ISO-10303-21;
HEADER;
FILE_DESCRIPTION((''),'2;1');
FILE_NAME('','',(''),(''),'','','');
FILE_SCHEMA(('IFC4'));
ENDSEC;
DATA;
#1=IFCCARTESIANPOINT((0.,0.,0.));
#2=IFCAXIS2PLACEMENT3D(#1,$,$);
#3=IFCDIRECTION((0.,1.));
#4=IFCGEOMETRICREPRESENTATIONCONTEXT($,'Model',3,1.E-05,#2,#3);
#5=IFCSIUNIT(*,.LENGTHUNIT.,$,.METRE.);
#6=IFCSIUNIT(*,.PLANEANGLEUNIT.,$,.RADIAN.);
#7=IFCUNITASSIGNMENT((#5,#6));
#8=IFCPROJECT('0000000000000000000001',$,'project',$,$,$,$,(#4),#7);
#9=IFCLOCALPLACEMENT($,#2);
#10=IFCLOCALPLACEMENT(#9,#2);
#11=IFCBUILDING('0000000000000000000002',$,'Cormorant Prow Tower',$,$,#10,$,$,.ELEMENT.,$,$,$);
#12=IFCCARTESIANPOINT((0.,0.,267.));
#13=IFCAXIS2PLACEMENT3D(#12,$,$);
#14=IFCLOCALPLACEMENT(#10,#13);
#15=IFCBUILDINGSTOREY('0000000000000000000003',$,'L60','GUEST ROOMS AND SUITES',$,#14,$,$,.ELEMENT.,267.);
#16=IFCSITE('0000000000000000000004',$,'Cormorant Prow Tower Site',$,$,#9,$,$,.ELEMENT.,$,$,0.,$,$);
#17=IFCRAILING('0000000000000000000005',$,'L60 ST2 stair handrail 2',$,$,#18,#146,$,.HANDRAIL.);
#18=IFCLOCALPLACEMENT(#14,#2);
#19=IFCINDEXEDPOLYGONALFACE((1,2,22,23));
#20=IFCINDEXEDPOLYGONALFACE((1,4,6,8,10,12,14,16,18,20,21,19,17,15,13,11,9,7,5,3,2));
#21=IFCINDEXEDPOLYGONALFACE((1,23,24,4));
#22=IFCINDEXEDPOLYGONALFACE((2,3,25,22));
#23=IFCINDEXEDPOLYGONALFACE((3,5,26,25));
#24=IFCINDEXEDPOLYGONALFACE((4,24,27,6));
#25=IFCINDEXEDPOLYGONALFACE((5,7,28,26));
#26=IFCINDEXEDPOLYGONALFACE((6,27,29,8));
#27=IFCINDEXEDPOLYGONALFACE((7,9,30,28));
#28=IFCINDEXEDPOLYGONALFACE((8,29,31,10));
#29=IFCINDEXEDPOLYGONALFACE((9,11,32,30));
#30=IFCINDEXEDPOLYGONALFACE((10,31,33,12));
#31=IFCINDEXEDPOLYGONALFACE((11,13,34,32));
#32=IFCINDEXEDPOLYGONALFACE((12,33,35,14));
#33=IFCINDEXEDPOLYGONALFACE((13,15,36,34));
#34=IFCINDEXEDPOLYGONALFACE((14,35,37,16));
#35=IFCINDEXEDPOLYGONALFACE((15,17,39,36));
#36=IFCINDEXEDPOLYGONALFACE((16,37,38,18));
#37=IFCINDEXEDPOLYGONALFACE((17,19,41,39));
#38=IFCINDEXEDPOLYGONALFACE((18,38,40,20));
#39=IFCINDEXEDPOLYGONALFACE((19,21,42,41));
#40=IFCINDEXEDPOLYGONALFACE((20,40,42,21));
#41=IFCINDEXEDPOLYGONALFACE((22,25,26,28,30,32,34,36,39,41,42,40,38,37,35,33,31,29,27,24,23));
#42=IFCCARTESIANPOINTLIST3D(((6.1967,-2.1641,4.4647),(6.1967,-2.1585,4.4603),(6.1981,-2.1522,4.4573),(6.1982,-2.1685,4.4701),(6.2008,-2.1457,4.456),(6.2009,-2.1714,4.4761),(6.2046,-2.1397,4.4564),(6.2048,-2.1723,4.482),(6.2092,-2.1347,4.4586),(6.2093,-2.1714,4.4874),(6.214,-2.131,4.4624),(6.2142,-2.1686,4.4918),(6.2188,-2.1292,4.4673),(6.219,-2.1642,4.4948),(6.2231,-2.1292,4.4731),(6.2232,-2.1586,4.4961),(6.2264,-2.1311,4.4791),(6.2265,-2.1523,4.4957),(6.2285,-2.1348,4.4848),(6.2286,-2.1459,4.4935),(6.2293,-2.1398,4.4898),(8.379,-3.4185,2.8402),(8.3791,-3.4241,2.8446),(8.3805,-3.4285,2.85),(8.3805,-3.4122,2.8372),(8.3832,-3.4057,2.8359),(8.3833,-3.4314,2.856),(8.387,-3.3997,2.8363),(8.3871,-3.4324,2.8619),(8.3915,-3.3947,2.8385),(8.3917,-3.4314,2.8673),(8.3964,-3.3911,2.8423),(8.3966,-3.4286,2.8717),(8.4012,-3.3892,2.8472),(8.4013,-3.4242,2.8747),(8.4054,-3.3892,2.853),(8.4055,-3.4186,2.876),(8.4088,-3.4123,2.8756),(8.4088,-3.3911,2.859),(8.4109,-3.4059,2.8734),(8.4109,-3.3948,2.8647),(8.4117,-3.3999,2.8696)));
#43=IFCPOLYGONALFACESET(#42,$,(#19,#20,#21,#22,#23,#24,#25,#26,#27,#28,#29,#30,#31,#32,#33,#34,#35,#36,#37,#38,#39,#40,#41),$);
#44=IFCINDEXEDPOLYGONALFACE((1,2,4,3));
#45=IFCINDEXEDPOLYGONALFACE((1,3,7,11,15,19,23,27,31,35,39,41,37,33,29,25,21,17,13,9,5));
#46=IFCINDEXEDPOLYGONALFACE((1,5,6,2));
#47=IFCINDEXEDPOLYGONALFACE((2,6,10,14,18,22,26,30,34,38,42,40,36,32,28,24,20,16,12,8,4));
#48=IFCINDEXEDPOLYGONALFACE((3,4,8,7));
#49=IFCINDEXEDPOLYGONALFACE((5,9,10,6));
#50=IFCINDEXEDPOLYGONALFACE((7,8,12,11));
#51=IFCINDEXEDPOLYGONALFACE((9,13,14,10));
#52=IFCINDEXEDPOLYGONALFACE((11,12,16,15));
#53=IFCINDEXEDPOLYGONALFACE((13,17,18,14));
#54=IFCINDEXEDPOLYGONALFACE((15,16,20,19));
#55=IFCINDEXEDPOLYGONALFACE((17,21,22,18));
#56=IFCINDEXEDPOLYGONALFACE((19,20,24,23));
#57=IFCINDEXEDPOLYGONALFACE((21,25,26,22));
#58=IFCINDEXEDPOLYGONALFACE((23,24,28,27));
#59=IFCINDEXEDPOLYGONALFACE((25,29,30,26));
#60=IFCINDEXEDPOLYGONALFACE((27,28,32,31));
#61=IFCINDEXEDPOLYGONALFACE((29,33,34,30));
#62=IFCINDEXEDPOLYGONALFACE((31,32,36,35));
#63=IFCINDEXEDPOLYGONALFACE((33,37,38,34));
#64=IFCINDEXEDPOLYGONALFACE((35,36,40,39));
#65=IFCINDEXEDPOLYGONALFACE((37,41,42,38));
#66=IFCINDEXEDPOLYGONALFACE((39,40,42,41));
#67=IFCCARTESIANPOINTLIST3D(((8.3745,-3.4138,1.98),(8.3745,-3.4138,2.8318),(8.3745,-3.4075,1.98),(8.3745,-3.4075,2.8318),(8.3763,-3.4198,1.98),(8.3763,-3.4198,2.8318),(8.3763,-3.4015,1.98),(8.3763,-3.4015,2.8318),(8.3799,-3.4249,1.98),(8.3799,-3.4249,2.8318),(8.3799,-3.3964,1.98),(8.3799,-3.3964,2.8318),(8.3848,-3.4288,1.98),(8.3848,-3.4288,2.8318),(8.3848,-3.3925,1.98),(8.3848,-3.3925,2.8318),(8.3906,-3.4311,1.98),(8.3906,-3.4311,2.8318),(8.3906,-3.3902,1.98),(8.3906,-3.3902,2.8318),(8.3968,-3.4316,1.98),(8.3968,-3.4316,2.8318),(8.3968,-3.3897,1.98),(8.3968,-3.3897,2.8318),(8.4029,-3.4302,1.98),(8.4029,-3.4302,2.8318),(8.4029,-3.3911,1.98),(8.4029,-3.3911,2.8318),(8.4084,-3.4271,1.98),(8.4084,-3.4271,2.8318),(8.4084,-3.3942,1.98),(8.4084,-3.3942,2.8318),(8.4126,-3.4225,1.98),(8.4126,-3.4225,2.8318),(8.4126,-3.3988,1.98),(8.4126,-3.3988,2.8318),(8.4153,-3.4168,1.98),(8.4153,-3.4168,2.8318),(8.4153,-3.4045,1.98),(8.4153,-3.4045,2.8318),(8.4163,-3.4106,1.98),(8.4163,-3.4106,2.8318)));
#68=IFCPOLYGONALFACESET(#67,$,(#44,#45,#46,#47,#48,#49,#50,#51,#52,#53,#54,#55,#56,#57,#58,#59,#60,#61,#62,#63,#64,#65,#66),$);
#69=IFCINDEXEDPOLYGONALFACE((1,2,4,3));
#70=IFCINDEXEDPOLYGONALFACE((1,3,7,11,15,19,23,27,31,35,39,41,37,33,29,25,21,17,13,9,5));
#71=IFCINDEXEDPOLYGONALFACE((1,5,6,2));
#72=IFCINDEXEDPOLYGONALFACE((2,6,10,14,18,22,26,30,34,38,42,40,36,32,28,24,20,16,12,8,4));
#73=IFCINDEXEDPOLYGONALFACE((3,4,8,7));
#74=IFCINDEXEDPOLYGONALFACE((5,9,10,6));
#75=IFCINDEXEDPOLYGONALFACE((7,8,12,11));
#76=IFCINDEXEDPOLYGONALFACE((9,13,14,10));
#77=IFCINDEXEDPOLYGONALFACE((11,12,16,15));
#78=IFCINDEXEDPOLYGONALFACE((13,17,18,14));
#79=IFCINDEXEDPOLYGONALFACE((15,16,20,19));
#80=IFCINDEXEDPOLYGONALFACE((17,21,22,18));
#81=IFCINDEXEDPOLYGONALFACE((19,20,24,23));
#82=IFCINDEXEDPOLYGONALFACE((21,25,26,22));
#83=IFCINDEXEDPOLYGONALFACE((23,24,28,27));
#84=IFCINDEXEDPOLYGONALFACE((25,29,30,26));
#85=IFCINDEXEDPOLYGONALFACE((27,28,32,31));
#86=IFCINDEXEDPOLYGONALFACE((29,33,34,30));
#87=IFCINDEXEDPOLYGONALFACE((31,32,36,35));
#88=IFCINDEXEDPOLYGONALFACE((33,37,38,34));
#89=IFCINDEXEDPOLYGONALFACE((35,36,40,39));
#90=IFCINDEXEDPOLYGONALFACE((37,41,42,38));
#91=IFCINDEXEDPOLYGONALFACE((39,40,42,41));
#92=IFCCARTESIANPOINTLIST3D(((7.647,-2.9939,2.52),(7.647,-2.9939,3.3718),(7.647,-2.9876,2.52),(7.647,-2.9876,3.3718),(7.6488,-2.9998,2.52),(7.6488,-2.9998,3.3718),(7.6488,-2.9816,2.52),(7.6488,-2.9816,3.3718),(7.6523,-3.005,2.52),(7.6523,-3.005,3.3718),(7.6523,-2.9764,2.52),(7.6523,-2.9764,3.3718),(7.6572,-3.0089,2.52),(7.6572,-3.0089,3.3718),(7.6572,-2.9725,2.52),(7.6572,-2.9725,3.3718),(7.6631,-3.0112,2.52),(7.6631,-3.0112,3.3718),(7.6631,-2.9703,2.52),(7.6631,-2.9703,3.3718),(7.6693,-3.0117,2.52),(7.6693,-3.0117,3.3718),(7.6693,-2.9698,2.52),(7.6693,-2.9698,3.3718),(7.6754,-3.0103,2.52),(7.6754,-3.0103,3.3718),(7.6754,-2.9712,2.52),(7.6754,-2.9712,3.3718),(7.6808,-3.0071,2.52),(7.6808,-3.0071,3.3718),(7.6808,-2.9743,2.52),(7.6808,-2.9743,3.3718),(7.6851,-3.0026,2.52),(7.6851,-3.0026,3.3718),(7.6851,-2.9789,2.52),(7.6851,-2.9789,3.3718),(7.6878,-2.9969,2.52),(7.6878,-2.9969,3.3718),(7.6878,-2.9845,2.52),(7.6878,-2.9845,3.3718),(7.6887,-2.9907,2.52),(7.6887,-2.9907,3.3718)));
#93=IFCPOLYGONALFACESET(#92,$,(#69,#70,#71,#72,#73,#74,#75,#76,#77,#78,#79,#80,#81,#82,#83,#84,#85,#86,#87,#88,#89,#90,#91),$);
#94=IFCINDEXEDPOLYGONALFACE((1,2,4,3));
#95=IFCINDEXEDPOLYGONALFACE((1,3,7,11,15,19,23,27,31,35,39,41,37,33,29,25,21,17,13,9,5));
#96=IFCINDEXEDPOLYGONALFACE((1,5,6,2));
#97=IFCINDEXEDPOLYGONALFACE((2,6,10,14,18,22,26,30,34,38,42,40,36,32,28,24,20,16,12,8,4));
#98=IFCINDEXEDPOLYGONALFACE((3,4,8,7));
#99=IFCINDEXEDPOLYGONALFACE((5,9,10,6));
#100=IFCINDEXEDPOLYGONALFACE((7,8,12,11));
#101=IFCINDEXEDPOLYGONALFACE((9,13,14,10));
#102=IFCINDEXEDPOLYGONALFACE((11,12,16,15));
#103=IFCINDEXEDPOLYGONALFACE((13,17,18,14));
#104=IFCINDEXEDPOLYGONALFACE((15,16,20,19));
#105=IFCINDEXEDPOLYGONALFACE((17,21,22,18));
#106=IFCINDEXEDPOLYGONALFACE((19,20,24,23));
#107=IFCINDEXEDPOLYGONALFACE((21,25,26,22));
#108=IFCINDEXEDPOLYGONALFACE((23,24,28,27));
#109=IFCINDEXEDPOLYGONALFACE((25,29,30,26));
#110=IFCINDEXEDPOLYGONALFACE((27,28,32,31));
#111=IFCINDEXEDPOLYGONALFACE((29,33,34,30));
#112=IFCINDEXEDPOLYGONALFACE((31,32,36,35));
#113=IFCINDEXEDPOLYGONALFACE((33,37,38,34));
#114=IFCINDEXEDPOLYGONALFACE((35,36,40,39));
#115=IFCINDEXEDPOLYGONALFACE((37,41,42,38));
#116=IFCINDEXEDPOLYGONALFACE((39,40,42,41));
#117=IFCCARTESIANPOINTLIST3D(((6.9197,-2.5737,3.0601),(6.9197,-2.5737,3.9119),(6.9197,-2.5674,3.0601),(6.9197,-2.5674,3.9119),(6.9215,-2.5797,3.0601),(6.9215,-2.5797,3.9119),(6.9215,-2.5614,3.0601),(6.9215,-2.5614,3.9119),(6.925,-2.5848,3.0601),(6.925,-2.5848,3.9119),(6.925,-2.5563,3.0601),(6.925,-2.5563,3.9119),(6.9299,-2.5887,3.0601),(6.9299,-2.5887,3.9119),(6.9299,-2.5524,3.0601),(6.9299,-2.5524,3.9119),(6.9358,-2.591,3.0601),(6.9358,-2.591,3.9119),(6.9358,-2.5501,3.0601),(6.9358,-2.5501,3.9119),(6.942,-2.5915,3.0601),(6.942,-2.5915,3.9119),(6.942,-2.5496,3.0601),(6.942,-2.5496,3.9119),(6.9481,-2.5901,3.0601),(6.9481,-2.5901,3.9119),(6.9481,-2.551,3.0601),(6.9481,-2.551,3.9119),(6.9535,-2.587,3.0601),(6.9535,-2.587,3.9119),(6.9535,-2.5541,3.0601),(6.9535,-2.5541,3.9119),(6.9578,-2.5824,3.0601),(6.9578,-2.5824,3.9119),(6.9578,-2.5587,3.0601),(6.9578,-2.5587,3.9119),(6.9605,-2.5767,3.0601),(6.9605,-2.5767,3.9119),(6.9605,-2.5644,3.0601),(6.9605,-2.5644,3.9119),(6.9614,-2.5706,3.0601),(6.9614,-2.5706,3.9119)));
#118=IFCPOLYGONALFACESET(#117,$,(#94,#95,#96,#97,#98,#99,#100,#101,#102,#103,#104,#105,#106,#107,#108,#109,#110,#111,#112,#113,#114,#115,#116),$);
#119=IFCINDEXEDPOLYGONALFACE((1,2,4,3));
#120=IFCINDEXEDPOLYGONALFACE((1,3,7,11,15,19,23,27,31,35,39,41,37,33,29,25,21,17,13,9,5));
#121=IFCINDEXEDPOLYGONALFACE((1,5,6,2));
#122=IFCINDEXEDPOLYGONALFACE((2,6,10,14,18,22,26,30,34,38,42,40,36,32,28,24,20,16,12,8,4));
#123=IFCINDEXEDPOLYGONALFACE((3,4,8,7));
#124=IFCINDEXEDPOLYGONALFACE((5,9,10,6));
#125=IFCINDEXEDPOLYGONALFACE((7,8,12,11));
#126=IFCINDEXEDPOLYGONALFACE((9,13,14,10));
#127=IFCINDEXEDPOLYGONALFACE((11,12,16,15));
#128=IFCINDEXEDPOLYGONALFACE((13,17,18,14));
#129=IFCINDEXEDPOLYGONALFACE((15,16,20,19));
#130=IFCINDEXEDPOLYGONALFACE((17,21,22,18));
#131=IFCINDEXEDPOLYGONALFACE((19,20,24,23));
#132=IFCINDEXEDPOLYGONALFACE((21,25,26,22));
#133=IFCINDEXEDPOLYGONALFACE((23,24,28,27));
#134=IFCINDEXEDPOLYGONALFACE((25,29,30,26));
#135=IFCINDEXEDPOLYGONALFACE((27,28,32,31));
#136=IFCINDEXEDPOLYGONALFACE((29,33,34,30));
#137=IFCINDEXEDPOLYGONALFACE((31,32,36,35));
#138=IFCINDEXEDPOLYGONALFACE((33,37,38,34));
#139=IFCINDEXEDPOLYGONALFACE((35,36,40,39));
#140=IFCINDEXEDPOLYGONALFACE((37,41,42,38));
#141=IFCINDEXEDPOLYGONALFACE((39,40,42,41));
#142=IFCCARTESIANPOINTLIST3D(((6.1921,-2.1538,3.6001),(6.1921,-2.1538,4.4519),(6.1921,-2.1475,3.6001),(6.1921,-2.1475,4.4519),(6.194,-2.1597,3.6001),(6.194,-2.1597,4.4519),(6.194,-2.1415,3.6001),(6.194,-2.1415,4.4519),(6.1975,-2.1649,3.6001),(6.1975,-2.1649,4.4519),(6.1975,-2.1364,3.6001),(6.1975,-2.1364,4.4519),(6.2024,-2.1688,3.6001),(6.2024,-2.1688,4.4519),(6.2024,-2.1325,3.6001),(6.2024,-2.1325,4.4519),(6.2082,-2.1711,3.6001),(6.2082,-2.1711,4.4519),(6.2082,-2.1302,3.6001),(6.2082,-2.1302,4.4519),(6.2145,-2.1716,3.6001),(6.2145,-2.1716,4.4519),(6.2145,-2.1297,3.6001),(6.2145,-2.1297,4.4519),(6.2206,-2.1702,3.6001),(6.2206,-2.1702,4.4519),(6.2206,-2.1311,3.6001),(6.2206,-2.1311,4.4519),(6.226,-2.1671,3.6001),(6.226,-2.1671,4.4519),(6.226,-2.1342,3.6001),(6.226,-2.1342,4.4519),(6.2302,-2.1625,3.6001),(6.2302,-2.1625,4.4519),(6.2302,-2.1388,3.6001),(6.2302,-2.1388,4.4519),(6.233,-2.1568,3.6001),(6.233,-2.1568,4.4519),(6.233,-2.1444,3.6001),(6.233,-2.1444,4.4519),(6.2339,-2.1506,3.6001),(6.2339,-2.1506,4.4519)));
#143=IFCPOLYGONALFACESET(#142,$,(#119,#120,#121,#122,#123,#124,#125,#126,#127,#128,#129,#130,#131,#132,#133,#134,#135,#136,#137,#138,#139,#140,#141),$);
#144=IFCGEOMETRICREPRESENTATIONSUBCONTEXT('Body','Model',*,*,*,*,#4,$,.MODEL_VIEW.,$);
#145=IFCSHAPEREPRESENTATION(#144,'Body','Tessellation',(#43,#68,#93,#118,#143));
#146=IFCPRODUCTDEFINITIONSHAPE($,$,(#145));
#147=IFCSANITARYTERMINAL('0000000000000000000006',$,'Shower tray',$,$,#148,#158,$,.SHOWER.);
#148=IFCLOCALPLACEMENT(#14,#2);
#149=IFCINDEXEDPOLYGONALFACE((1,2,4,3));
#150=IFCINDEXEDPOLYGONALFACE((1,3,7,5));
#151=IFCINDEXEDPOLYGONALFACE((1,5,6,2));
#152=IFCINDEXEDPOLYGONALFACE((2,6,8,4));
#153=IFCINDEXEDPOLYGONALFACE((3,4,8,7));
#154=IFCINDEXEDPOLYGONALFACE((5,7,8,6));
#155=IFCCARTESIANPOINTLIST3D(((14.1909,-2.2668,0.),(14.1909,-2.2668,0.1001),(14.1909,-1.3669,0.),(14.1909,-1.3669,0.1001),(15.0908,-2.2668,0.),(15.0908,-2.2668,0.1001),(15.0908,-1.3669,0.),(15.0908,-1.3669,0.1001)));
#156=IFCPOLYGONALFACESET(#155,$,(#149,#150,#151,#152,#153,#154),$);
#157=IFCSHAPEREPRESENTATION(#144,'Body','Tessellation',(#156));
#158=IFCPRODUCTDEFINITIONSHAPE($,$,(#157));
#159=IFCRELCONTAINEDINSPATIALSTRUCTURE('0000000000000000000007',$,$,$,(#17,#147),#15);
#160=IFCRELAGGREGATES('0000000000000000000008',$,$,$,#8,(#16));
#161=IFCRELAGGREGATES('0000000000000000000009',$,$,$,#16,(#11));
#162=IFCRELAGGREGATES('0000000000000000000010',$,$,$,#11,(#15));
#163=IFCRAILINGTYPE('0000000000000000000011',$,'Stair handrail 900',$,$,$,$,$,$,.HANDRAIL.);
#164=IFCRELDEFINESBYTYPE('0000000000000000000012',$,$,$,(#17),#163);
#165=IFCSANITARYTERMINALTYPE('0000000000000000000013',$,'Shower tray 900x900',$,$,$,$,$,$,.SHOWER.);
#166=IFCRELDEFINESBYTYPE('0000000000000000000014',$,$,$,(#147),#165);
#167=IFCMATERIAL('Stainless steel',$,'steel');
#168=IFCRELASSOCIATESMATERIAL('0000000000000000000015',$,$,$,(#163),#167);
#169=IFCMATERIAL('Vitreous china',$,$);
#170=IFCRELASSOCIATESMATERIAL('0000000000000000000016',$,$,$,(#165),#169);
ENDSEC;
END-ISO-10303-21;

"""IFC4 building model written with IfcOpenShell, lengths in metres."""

from ifc_helpers import new_model, si_unit, direction, frame, origin, origin_2d, place, context, subcontext, project, spatial, rectangle, circle, extrude, material, type_object, element, save


model = new_model("IFC4")

# Units and contexts
model_context = context("Model", 3, precision=1e-05, world=origin(), true_north=direction((0.0, 1.0)))
body_context = subcontext(model_context, "Body", "Model", "MODEL_VIEW")
ifc_project = project(units=[si_unit("LENGTHUNIT", "METRE"), si_unit("PLANEANGLEUNIT", "RADIAN")], contexts=[model_context])

# Site, building, storey
site_placement = place(None, origin())
site = spatial("IfcSite", under=ifc_project, at=site_placement, Name="Cormorant Prow Tower Site", CompositionType="ELEMENT", RefElevation=0.0)
building_placement = place(site_placement, origin())
building = spatial("IfcBuilding", under=site, at=building_placement, Name="Cormorant Prow Tower", CompositionType="ELEMENT")
storey_placement = place(building_placement, frame((0.0, 0.0, 267.0)))
storey = spatial("IfcBuildingStorey", under=building, at=storey_placement, Name="L60", Description="GUEST ROOMS AND SUITES", CompositionType="ELEMENT", Elevation=267.0)

# Railing
ifc_material_1 = material(Name="Stainless steel", Category="steel")
railing_type_1 = type_object("IfcRailingType", Name="Stair handrail 900", PredefinedType="HANDRAIL", material=ifc_material_1)
railing_1_placement = place(storey_placement, frame((8.3953, -3.4106, 1.98)))
element("IfcRailing", 1, at=railing_1_placement, inside=storey, type_object=railing_type_1, Name="L60 ST2 stair handrail 2", PredefinedType="HANDRAIL", context=body_context, shape_type="SweptSolid", body=[
    extrude(circle(Radius=0.0239, at=origin_2d()), frame((0.0, 0.0, 0.876), z_axis=(-0.728464, 0.420584, 0.540786), x_axis=(-0.500005, -0.866023, 0.0)), (0.0, 0.0, 1.0), 2.9958),
    extrude(circle(Radius=0.021, at=origin_2d()), origin(), (0.0, 0.0, 1.0), 0.8518),
    extrude(circle(Radius=0.021, at=origin_2d()), frame((-0.7275, 0.4199, 0.54)), (0.0, 0.0, 1.0), 0.8518),
    extrude(circle(Radius=0.021, at=origin_2d()), frame((-1.4548, 0.8401, 1.0801)), (0.0, 0.0, 1.0), 0.8518),
    extrude(circle(Radius=0.021, at=origin_2d()), frame((-2.1824, 1.26, 1.6201)), (0.0, 0.0, 1.0), 0.8518),
])

# Sanitary terminal
ifc_material_2 = material(Name="Vitreous china")
sanitary_terminal_type = type_object("IfcSanitaryTerminalType", Name="Shower tray 900x900", PredefinedType="SHOWER", material=ifc_material_2)
sanitary_terminal_placement = place(storey_placement, frame((14.6409, -1.8169, 0.0), z_axis=(0.0, 0.0, 1.0), x_axis=(1.0, 0.0, 0.0)))
element("IfcSanitaryTerminal", 2, at=sanitary_terminal_placement, inside=storey, type_object=sanitary_terminal_type, Name="Shower tray", PredefinedType="SHOWER", context=body_context, shape_type="SweptSolid", body=[
    extrude(rectangle(XDim=0.8999, YDim=0.8999, at=origin_2d()), origin(), (0.0, 0.0, 1.0), 0.1001),
])

save(model, "model.ifc")
